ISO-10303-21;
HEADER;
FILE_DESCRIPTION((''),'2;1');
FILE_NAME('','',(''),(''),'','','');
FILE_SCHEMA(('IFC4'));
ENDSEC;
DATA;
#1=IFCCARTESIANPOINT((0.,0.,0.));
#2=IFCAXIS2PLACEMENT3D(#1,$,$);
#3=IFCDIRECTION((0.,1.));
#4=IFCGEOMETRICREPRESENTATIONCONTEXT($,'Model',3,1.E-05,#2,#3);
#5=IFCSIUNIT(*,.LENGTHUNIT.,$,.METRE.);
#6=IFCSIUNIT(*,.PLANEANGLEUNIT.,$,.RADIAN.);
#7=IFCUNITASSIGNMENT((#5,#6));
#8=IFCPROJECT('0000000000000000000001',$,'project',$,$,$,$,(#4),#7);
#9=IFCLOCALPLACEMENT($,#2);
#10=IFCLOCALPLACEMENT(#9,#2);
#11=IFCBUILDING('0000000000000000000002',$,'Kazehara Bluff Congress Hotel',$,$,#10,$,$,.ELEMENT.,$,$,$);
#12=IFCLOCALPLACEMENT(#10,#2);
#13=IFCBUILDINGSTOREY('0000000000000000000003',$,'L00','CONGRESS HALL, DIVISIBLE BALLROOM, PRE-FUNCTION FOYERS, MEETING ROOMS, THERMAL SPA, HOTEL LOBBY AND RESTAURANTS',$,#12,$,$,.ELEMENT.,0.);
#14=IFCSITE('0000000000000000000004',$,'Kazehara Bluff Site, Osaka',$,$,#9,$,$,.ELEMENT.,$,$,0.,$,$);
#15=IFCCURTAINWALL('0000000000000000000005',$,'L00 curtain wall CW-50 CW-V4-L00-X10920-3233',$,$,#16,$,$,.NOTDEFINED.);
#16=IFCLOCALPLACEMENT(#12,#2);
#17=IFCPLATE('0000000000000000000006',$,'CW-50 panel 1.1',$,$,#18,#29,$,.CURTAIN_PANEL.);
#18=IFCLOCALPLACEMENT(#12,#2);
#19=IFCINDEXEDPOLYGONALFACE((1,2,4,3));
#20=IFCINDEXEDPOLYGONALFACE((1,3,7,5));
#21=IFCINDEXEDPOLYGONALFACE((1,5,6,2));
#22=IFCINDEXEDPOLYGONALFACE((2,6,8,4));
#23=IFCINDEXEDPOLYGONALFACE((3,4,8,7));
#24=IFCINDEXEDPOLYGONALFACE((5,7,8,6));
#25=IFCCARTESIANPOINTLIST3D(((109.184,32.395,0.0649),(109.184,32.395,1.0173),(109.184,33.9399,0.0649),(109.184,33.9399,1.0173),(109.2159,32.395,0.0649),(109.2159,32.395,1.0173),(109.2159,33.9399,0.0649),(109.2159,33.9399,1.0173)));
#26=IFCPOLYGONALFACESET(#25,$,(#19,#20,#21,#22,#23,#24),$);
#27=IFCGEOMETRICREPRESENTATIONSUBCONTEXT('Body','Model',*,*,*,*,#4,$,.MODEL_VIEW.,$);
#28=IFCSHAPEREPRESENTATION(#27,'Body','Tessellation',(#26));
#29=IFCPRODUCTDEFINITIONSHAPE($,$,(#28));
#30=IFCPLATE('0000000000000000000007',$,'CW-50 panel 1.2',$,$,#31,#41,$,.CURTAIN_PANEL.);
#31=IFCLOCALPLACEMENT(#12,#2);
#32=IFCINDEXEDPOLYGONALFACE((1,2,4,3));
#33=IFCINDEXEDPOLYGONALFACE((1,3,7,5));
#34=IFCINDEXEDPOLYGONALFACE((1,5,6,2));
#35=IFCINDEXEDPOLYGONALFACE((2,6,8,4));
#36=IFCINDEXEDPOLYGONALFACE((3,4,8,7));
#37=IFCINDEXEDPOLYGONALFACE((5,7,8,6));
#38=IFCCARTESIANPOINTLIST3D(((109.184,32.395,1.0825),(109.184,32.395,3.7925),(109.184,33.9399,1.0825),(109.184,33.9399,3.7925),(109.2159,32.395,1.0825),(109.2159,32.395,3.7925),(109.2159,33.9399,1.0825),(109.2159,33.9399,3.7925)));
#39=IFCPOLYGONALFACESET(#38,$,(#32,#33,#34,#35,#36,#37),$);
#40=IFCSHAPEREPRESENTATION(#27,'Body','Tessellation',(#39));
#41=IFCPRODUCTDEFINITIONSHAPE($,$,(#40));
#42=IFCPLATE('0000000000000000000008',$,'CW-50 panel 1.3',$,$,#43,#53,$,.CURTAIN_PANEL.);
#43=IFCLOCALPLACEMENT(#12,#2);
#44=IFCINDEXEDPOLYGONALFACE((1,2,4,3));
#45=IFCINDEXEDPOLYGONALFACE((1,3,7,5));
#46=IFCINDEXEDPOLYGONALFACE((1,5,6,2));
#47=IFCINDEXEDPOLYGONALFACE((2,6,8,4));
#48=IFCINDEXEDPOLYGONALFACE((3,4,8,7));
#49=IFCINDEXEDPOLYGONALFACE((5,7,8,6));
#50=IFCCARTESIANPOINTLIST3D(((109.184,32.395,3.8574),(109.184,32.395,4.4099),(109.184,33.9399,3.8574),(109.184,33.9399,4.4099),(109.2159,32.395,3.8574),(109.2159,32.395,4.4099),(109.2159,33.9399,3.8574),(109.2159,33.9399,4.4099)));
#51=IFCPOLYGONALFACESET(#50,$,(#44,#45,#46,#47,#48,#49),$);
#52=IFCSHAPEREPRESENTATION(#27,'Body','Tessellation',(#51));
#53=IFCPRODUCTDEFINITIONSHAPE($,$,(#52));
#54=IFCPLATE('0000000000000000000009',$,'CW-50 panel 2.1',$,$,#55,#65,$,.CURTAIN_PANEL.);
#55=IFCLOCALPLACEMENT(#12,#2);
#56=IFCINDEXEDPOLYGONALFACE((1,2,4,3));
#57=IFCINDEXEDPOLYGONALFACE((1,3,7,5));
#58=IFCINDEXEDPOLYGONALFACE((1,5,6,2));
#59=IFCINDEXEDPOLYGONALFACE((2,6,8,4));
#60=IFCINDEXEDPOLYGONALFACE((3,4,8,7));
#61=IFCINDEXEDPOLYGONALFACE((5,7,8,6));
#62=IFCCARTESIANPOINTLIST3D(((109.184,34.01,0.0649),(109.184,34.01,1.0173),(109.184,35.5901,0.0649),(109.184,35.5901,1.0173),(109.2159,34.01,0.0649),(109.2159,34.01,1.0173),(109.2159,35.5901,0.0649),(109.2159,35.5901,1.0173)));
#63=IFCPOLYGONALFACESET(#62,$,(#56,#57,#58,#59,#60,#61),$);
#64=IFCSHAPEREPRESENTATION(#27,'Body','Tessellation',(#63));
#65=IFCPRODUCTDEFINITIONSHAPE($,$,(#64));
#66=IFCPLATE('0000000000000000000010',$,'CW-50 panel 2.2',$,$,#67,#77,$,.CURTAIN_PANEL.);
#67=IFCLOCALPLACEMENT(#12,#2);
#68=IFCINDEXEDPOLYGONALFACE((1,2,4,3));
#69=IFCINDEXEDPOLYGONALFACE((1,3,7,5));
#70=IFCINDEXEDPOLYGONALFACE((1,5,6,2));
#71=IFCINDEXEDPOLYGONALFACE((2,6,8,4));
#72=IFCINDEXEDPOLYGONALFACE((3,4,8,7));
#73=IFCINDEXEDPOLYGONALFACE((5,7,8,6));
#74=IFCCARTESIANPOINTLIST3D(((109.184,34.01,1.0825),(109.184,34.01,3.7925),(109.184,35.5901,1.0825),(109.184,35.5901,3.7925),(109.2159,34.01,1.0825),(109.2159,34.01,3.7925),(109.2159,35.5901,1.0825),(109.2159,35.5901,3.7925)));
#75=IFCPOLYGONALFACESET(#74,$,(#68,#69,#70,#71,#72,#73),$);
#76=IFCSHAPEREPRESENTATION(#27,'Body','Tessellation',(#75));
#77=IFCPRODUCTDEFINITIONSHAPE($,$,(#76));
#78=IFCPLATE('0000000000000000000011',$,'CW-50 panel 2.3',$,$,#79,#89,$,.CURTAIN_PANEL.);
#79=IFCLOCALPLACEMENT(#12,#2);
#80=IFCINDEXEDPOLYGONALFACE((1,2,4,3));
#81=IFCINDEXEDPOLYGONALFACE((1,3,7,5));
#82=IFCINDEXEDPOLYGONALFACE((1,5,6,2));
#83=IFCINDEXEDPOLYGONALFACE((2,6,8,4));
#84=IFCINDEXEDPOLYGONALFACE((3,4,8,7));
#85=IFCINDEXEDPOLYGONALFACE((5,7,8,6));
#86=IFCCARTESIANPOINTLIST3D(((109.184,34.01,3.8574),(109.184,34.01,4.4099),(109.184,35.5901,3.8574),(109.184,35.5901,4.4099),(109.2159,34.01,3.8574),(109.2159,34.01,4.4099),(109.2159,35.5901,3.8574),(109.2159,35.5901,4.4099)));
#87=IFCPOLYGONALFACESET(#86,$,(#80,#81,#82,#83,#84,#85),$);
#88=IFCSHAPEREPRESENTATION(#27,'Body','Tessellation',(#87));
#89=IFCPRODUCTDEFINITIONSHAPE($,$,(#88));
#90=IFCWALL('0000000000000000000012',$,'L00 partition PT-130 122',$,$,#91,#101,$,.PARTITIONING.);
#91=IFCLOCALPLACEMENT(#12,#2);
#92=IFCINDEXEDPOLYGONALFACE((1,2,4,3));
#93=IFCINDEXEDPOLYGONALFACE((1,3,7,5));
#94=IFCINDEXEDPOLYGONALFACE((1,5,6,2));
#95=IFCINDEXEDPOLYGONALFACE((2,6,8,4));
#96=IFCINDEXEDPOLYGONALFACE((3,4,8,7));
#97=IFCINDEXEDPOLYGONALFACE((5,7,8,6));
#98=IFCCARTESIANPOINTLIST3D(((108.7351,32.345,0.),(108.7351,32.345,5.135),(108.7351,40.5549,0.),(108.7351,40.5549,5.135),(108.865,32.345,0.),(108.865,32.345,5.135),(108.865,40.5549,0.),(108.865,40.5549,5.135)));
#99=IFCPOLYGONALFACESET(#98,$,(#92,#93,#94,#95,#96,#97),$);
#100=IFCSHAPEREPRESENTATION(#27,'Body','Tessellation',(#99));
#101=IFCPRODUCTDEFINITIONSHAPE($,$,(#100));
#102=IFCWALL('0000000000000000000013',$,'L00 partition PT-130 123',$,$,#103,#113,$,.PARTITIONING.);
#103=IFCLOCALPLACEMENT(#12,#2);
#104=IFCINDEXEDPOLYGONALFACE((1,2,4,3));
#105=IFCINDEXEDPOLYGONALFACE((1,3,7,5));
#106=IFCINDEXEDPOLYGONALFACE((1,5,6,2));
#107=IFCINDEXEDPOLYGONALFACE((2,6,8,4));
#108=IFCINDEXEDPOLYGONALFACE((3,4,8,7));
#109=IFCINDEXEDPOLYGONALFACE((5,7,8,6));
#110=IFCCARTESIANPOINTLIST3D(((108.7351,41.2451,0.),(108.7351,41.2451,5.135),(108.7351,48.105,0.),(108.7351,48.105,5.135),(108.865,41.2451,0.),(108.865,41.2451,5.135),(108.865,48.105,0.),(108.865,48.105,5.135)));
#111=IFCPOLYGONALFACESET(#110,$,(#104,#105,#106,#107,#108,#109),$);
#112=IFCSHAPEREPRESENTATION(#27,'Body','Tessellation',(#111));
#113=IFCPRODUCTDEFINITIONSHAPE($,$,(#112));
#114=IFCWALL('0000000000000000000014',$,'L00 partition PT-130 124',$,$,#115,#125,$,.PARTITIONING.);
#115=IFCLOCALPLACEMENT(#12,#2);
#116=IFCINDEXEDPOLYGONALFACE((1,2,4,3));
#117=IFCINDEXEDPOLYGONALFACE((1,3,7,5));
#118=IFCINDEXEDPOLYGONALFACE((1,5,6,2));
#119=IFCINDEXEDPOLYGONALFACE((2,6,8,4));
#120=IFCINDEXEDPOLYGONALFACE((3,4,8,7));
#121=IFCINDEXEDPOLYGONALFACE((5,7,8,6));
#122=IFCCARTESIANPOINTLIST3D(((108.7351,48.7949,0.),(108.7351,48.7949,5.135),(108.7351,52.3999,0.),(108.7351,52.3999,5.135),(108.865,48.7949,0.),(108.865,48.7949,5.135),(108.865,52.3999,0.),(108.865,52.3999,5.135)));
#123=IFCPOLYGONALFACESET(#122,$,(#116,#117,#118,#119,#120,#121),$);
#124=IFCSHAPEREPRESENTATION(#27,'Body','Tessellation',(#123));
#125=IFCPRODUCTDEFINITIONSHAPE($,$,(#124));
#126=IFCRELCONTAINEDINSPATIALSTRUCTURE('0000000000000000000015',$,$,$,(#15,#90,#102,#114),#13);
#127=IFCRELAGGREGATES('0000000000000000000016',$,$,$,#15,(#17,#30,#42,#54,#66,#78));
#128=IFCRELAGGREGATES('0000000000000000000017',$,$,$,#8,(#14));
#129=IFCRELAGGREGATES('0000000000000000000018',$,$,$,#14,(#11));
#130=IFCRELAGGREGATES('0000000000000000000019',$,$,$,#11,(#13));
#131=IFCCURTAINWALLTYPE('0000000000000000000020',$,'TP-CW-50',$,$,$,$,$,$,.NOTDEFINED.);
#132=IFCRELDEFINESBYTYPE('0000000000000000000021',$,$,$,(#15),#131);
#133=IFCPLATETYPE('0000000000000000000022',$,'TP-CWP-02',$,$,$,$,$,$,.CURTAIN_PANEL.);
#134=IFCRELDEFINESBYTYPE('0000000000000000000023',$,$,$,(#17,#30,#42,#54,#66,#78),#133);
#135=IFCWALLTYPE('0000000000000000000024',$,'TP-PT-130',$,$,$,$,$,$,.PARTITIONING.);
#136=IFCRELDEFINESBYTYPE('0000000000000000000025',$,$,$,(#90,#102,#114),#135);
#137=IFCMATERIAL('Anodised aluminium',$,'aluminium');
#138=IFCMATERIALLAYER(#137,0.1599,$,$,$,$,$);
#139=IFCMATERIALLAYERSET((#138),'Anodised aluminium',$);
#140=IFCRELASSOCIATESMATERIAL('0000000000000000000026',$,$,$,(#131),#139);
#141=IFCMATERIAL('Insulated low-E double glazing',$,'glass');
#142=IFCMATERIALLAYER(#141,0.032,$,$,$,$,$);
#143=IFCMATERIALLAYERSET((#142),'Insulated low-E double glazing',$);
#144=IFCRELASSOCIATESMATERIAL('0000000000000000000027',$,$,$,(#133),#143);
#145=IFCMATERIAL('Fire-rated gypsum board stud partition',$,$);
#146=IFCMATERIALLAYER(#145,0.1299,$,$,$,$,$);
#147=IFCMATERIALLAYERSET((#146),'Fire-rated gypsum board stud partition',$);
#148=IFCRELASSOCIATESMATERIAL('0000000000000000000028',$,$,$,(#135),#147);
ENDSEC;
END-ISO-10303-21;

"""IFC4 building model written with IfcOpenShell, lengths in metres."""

from ifc_helpers import new_model, si_unit, direction, frame, frame_2d, origin, origin_2d, place, context, subcontext, project, spatial, rectangle, extrude, material, layer, layer_set, type_object, element, aggregate, save


model = new_model("IFC4")

# Units and contexts
model_context = context("Model", 3, precision=1e-05, world=origin(), true_north=direction((0.0, 1.0)))
body_context = subcontext(model_context, "Body", "Model", "MODEL_VIEW")
ifc_project = project(units=[si_unit("LENGTHUNIT", "METRE"), si_unit("PLANEANGLEUNIT", "RADIAN")], contexts=[model_context])

# Site, building, storey
site_placement = place(None, origin())
site = spatial("IfcSite", under=ifc_project, at=site_placement, Name="Kazehara Bluff Site, Osaka", CompositionType="ELEMENT", RefElevation=0.0)
building_placement = place(site_placement, origin())
building = spatial("IfcBuilding", under=site, at=building_placement, Name="Kazehara Bluff Congress Hotel", CompositionType="ELEMENT")
storey_placement = place(building_placement, origin())
storey = spatial("IfcBuildingStorey", under=building, at=storey_placement, Name="L00", Description="CONGRESS HALL, DIVISIBLE BALLROOM, PRE-FUNCTION FOYERS, MEETING ROOMS, THERMAL SPA, HOTEL LOBBY AND RESTAURANTS", CompositionType="ELEMENT", Elevation=0.0)

# Curtain wall
ifc_material_1 = material(Name="Anodised aluminium", Category="aluminium")
ifc_layer_1 = layer(ifc_material_1, 0.1599)
ifc_layer_set_1 = layer_set([ifc_layer_1], Name="Anodised aluminium")
curtain_wall_type_1 = type_object("IfcCurtainWallType", Name="TP-CW-50", PredefinedType="NOTDEFINED", material=ifc_layer_set_1)
curtain_wall_1_placement = place(storey_placement, origin())
curtain_wall_1 = element("IfcCurtainWall", 1, at=curtain_wall_1_placement, inside=storey, type_object=curtain_wall_type_1, Name="L00 curtain wall CW-50 CW-V4-L00-X10920-3233", PredefinedType="NOTDEFINED")

# Plates
ifc_material_2 = material(Name="Insulated low-E double glazing", Category="glass")
ifc_layer_2 = layer(ifc_material_2, 0.032)
ifc_layer_set_2 = layer_set([ifc_layer_2], Name="Insulated low-E double glazing")
plate_type = type_object("IfcPlateType", Name="TP-CWP-02", PredefinedType="CURTAIN_PANEL", material=ifc_layer_set_2)
plate_1_placement = place(storey_placement, frame((109.2, 33.1675, 0.0649), z_axis=(0.0, 0.0, 1.0), x_axis=(0.0, 1.0, 0.0)))
plate_1 = element("IfcPlate", 2, at=plate_1_placement, type_object=plate_type, Name="CW-50 panel 1.1", PredefinedType="CURTAIN_PANEL", context=body_context, shape_type="SweptSolid", body=[
    extrude(rectangle(XDim=1.5449, YDim=0.032, at=origin_2d()), origin(), (0.0, 0.0, 1.0), 0.9524),
])
plate_2_placement = place(storey_placement, frame((109.2, 33.1675, 1.0825), z_axis=(0.0, 0.0, 1.0), x_axis=(0.0, 1.0, 0.0)))
plate_2 = element("IfcPlate", 3, at=plate_2_placement, type_object=plate_type, Name="CW-50 panel 1.2", PredefinedType="CURTAIN_PANEL", context=body_context, shape_type="SweptSolid", body=[
    extrude(rectangle(XDim=1.5449, YDim=0.032, at=origin_2d()), origin(), (0.0, 0.0, 1.0), 2.71),
])
plate_3_placement = place(storey_placement, frame((109.2, 33.1675, 3.8574), z_axis=(0.0, 0.0, 1.0), x_axis=(0.0, 1.0, 0.0)))
plate_3 = element("IfcPlate", 4, at=plate_3_placement, type_object=plate_type, Name="CW-50 panel 1.3", PredefinedType="CURTAIN_PANEL", context=body_context, shape_type="SweptSolid", body=[
    extrude(rectangle(XDim=1.5449, YDim=0.032, at=origin_2d()), origin(), (0.0, 0.0, 1.0), 0.5525),
])
plate_4_placement = place(storey_placement, frame((109.2, 34.8, 0.0649), z_axis=(0.0, 0.0, 1.0), x_axis=(0.0, 1.0, 0.0)))
plate_4 = element("IfcPlate", 5, at=plate_4_placement, type_object=plate_type, Name="CW-50 panel 2.1", PredefinedType="CURTAIN_PANEL", context=body_context, shape_type="SweptSolid", body=[
    extrude(rectangle(XDim=1.5801, YDim=0.032, at=origin_2d()), origin(), (0.0, 0.0, 1.0), 0.9524),
])
plate_5_placement = place(storey_placement, frame((109.2, 34.8, 1.0825), z_axis=(0.0, 0.0, 1.0), x_axis=(0.0, 1.0, 0.0)))
plate_5 = element("IfcPlate", 6, at=plate_5_placement, type_object=plate_type, Name="CW-50 panel 2.2", PredefinedType="CURTAIN_PANEL", context=body_context, shape_type="SweptSolid", body=[
    extrude(rectangle(XDim=1.5801, YDim=0.032, at=origin_2d()), origin(), (0.0, 0.0, 1.0), 2.71),
])
plate_6_placement = place(storey_placement, frame((109.2, 34.8, 3.8574), z_axis=(0.0, 0.0, 1.0), x_axis=(0.0, 1.0, 0.0)))
plate_6 = element("IfcPlate", 7, at=plate_6_placement, type_object=plate_type, Name="CW-50 panel 2.3", PredefinedType="CURTAIN_PANEL", context=body_context, shape_type="SweptSolid", body=[
    extrude(rectangle(XDim=1.5801, YDim=0.032, at=origin_2d()), origin(), (0.0, 0.0, 1.0), 0.5525),
])
aggregate(curtain_wall_1, [plate_1, plate_2, plate_3, plate_4, plate_5, plate_6])

# Walls
ifc_material_3 = material(Name="Fire-rated gypsum board stud partition")
ifc_layer_3 = layer(ifc_material_3, 0.1299)
ifc_layer_set_3 = layer_set([ifc_layer_3], Name="Fire-rated gypsum board stud partition")
wall_type = type_object("IfcWallType", Name="TP-PT-130", PredefinedType="PARTITIONING", material=ifc_layer_set_3)
wall_1_placement = place(storey_placement, frame((108.8, 32.345, 0.0), z_axis=(0.0, 0.0, 1.0), x_axis=(0.0, 1.0, 0.0)))
element("IfcWall", 8, at=wall_1_placement, inside=storey, type_object=wall_type, Name="L00 partition PT-130 122", PredefinedType="PARTITIONING", context=body_context, shape_type="SweptSolid", body=[
    extrude(rectangle(XDim=8.21, YDim=0.1299, at=frame_2d((4.105, 0.0))), origin(), (0.0, 0.0, 1.0), 5.135),
])
wall_2_placement = place(storey_placement, frame((108.8, 41.2451, 0.0), z_axis=(0.0, 0.0, 1.0), x_axis=(0.0, 1.0, 0.0)))
element("IfcWall", 9, at=wall_2_placement, inside=storey, type_object=wall_type, Name="L00 partition PT-130 123", PredefinedType="PARTITIONING", context=body_context, shape_type="SweptSolid", body=[
    extrude(rectangle(XDim=6.8599, YDim=0.1299, at=frame_2d((3.4299, 0.0))), origin(), (0.0, 0.0, 1.0), 5.135),
])
wall_3_placement = place(storey_placement, frame((108.8, 48.7949, 0.0), z_axis=(0.0, 0.0, 1.0), x_axis=(0.0, 1.0, 0.0)))
element("IfcWall", 10, at=wall_3_placement, inside=storey, type_object=wall_type, Name="L00 partition PT-130 124", PredefinedType="PARTITIONING", context=body_context, shape_type="SweptSolid", body=[
    extrude(rectangle(XDim=3.605, YDim=0.1299, at=frame_2d((1.8025, 0.0))), origin(), (0.0, 0.0, 1.0), 5.135),
])

save(model, "model.ifc")
